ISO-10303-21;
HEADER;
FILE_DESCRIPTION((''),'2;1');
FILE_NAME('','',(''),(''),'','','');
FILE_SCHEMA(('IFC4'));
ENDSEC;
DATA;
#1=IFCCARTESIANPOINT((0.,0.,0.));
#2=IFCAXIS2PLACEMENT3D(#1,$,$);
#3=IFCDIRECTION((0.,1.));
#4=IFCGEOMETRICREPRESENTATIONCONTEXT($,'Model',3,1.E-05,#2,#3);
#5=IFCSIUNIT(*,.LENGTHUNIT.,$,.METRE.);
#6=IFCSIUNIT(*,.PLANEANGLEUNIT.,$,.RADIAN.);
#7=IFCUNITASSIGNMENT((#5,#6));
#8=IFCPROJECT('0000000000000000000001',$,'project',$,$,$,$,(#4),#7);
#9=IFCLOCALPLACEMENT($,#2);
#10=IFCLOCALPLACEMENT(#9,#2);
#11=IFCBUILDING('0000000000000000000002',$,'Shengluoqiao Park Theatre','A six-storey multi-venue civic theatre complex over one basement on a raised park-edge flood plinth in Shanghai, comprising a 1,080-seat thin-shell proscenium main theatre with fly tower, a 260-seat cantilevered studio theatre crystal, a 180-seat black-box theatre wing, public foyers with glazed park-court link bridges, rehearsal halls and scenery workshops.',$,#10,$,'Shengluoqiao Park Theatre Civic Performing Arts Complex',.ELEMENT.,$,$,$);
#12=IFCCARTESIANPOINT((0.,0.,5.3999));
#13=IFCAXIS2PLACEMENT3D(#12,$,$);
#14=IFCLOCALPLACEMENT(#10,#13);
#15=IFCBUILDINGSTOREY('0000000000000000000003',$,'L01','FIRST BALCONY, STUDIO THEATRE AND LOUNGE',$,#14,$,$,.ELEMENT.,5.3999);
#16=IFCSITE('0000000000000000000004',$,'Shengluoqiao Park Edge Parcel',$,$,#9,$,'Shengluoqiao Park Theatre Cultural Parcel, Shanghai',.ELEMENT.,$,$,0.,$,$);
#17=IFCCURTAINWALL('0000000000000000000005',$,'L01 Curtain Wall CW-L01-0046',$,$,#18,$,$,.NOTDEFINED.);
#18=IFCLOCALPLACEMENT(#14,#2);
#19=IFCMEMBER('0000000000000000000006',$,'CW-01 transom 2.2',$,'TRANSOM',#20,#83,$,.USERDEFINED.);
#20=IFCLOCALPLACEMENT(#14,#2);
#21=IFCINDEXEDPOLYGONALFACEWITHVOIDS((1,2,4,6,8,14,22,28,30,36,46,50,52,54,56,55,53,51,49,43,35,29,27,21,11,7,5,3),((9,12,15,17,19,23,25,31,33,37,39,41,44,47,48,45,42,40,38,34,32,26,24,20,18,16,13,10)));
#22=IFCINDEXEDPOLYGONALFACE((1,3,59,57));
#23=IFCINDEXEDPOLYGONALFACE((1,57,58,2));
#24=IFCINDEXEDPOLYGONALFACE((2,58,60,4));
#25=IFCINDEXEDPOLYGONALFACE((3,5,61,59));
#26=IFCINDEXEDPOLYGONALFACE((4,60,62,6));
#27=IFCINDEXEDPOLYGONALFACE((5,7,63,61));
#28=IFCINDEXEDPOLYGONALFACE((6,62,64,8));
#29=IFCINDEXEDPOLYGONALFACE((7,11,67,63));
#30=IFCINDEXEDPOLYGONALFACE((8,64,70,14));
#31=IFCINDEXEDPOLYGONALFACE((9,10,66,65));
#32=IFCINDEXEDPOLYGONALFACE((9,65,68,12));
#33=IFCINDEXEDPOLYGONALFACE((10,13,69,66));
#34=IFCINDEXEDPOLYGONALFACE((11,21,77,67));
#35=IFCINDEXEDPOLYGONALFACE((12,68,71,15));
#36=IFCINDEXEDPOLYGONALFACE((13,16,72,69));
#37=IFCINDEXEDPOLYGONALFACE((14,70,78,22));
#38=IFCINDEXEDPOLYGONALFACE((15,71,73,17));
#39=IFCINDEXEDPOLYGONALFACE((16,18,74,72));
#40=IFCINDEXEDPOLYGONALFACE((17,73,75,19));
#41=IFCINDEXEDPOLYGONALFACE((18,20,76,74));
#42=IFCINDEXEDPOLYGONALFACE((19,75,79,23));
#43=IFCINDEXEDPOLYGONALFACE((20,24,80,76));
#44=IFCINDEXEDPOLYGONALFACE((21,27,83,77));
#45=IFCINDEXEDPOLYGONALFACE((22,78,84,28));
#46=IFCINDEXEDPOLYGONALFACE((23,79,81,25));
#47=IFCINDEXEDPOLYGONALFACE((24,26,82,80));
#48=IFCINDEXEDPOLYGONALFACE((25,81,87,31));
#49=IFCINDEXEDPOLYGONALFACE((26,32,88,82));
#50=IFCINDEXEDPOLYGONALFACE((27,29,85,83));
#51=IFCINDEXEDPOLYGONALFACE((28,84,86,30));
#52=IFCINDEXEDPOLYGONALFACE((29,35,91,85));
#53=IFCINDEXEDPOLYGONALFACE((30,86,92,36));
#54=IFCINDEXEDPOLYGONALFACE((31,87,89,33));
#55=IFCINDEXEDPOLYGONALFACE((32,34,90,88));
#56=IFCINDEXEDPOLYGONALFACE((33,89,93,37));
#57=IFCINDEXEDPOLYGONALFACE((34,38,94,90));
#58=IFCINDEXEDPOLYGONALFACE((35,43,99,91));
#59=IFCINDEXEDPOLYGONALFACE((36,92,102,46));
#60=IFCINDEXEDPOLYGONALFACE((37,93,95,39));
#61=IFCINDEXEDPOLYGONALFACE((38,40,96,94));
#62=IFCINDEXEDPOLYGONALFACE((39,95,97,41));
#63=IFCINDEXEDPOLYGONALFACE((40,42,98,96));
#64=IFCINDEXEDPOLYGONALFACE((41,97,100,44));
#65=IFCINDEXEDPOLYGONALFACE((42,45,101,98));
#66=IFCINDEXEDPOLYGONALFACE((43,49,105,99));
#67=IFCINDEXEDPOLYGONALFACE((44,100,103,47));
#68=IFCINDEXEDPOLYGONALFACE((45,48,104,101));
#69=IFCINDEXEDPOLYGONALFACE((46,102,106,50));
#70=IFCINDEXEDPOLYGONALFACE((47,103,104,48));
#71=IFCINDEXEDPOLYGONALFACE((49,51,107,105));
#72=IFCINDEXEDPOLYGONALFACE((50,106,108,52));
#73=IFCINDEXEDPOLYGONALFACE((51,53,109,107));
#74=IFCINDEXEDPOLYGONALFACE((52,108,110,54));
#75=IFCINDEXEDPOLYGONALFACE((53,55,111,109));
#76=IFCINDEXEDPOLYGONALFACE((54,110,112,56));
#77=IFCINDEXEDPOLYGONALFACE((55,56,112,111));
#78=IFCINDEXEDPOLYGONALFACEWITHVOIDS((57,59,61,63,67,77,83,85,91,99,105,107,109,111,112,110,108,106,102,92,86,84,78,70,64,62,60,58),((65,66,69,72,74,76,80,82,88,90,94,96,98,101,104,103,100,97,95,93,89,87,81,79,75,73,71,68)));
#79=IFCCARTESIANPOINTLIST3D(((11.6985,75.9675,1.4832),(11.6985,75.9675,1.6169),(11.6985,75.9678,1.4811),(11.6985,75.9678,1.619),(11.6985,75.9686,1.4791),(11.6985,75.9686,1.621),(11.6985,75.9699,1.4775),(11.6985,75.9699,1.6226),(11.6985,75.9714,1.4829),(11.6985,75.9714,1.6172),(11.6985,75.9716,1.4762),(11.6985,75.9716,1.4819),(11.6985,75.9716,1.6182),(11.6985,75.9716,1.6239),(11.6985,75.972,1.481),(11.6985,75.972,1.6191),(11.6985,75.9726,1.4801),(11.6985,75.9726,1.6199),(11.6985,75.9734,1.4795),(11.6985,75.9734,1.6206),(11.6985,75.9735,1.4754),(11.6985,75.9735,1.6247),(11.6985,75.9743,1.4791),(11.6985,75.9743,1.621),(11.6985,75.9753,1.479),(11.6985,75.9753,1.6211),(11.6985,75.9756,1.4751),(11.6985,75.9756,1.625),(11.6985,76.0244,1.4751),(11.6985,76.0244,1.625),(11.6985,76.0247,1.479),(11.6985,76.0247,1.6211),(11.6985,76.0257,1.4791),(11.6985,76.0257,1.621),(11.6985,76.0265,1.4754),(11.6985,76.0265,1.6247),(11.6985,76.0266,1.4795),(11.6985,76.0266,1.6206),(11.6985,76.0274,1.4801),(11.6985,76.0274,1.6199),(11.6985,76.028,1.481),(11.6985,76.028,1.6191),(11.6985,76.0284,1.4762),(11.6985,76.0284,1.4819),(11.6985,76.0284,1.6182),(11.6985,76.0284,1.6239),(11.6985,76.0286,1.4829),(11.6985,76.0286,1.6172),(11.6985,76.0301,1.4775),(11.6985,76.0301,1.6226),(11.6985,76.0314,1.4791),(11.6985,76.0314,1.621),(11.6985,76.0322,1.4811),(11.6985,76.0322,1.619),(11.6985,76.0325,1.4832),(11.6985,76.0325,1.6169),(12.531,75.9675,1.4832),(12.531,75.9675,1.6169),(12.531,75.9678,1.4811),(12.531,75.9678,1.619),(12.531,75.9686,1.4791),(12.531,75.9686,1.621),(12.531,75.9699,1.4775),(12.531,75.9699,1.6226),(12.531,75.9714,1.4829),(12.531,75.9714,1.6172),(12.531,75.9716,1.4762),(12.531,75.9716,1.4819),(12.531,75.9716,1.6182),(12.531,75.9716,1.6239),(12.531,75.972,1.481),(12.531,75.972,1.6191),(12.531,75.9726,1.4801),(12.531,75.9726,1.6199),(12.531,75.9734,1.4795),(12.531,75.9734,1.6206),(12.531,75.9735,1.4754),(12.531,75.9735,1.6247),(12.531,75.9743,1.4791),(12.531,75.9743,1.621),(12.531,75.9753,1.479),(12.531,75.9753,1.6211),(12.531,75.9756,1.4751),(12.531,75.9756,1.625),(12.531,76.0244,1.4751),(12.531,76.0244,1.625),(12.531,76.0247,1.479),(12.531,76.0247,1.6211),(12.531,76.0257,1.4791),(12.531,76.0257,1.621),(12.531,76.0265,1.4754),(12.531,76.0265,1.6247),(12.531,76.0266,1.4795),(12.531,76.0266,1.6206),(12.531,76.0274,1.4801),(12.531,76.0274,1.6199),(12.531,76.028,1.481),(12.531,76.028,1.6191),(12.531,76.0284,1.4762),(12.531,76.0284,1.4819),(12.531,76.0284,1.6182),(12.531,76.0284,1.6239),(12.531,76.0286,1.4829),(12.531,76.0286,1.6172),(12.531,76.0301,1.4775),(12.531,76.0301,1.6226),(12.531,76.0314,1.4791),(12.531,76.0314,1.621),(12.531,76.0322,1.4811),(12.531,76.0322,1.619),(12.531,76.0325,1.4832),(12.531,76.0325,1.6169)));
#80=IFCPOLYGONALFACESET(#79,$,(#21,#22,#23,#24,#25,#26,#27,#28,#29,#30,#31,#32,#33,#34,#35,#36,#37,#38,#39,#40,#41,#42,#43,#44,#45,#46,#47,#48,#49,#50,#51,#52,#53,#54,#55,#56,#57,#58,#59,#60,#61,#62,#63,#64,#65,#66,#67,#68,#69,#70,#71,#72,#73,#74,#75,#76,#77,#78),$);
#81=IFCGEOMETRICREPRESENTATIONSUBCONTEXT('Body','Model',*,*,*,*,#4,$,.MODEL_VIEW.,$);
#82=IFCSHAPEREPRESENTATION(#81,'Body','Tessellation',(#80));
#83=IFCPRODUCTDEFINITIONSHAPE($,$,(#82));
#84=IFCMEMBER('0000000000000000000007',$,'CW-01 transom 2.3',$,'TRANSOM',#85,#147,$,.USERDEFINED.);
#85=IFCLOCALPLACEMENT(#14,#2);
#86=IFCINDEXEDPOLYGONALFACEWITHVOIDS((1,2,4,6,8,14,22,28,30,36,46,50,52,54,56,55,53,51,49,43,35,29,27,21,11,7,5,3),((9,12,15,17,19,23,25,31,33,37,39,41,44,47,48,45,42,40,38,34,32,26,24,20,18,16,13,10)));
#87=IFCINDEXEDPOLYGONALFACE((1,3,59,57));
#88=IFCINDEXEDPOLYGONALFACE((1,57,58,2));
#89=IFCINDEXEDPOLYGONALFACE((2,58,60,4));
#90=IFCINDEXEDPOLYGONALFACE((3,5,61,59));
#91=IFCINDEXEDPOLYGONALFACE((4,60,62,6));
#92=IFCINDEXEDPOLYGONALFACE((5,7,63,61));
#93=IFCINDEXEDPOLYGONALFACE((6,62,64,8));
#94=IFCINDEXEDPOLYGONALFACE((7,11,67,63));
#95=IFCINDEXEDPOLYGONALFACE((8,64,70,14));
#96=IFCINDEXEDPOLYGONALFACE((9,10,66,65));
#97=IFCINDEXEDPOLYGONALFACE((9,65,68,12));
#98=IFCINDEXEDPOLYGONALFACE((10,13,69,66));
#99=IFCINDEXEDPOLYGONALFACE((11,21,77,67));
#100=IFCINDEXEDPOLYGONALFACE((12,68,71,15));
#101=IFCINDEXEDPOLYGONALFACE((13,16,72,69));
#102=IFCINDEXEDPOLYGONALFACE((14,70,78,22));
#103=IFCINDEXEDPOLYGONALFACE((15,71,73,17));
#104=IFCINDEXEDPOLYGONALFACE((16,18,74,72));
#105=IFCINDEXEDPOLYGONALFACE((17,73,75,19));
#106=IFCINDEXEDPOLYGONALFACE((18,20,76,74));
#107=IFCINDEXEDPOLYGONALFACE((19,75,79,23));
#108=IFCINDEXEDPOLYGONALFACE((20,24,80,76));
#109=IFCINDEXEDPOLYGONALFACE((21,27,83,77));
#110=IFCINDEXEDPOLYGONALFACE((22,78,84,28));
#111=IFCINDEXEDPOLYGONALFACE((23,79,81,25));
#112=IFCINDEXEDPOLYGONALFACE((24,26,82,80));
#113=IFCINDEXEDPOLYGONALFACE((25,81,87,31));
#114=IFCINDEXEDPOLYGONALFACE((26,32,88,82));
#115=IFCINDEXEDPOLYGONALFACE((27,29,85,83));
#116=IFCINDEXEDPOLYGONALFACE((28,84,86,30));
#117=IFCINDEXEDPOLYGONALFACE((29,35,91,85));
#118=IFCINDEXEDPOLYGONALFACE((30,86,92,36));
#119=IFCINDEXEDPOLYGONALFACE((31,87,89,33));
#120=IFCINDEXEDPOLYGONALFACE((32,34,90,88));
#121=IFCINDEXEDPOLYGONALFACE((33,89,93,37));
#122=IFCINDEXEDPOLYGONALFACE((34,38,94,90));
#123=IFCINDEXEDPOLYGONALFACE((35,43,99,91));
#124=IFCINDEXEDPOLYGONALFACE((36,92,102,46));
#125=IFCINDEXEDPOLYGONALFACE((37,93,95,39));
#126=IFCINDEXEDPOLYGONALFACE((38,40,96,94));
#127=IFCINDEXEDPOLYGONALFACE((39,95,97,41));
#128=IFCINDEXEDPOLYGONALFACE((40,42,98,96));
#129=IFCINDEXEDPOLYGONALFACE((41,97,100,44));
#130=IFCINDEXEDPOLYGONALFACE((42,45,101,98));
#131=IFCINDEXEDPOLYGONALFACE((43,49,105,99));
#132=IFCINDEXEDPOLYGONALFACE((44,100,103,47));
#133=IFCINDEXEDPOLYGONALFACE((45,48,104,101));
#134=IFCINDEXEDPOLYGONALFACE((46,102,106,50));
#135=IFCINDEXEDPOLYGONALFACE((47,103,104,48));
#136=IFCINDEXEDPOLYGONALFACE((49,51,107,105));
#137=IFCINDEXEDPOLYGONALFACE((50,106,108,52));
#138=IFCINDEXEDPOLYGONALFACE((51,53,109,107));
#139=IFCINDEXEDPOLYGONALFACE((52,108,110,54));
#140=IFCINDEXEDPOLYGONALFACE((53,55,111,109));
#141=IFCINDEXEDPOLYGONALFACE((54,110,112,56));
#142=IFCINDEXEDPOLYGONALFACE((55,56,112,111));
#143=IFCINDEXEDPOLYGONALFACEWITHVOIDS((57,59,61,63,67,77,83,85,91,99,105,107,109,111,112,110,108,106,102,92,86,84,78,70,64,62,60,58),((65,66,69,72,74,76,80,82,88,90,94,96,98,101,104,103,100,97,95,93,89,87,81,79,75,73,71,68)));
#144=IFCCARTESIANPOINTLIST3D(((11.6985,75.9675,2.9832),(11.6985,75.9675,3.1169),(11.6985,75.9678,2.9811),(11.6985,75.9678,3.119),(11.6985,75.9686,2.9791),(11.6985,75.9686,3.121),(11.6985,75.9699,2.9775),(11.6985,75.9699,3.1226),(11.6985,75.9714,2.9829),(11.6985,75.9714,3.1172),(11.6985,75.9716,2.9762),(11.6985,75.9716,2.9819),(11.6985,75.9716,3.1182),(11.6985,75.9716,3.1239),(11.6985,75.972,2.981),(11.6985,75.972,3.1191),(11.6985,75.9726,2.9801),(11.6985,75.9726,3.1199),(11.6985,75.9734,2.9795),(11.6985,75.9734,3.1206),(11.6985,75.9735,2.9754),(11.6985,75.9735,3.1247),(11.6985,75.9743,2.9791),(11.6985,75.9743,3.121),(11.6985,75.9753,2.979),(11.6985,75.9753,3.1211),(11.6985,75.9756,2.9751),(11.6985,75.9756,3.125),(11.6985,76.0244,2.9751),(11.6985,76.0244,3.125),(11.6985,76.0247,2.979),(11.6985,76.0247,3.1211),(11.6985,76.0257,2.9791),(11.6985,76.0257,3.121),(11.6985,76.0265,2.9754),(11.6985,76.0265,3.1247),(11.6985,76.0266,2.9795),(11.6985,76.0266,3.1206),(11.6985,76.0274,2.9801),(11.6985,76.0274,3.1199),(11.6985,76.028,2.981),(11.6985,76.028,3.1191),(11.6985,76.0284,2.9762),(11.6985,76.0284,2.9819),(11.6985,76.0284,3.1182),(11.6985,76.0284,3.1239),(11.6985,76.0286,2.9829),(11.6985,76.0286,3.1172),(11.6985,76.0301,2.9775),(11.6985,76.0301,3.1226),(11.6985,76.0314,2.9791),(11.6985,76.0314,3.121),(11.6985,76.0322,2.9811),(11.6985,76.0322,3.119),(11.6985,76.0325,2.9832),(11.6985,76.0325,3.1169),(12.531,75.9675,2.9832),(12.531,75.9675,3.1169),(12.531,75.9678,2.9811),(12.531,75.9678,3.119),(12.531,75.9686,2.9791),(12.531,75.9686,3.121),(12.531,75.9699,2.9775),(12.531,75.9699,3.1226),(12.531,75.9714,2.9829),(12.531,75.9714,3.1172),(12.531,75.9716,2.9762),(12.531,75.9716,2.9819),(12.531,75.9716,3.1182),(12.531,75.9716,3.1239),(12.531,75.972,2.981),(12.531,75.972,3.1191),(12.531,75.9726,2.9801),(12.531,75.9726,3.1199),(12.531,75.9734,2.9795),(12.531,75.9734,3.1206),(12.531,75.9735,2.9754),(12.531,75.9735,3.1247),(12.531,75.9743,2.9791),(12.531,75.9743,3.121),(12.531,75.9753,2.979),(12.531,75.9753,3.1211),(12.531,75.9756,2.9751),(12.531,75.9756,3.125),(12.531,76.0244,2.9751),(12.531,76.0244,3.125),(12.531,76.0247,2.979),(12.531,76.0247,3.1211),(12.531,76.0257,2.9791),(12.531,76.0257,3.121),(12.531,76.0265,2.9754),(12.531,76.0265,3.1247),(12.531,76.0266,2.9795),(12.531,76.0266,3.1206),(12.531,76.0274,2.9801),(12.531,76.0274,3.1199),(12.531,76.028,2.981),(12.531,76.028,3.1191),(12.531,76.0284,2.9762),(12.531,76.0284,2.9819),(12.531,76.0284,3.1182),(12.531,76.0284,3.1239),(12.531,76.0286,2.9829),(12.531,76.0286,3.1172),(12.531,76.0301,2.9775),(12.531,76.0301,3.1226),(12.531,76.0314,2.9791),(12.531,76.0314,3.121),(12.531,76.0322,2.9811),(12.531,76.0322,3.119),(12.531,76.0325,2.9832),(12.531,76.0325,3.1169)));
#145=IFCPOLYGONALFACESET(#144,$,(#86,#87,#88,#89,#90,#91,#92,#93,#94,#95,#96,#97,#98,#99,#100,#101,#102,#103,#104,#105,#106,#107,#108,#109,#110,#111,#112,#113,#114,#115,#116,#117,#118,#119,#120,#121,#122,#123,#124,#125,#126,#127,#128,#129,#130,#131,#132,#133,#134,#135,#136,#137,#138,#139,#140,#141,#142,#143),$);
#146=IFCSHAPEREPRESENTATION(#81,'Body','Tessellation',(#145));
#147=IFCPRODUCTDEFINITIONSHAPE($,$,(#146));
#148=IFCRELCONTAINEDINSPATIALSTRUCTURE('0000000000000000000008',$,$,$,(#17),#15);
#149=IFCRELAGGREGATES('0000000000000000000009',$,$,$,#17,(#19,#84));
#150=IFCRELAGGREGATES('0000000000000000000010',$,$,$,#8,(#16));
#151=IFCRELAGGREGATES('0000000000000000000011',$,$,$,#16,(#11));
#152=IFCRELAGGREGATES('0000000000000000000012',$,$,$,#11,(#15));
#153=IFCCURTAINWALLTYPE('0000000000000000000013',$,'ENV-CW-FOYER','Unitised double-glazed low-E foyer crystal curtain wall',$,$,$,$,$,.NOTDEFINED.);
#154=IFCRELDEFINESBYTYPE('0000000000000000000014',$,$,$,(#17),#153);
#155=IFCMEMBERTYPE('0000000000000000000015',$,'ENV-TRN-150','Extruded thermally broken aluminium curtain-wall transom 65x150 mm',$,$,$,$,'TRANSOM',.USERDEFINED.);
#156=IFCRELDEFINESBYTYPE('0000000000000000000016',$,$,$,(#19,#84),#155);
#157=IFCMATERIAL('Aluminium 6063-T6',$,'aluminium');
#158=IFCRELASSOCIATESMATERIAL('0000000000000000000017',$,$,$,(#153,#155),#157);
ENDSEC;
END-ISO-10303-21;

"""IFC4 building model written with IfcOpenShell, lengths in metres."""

from ifc_helpers import new_model, si_unit, direction, frame, origin, origin_2d, place, context, subcontext, project, spatial, hollow_rectangle, extrude, material, material_profile, profile_set, type_object, element, aggregate, save


model = new_model("IFC4")

# Units and contexts
model_context = context("Model", 3, precision=1e-05, world=origin(), true_north=direction((0.0, 1.0)))
body_context = subcontext(model_context, "Body", "Model", "MODEL_VIEW")
ifc_project = project(units=[si_unit("LENGTHUNIT", "METRE"), si_unit("PLANEANGLEUNIT", "RADIAN")], contexts=[model_context])

# Site, building, storey
site_placement = place(None, origin())
site = spatial("IfcSite", under=ifc_project, at=site_placement, Name="Shengluoqiao Park Edge Parcel", LongName="Shengluoqiao Park Theatre Cultural Parcel, Shanghai", CompositionType="ELEMENT", RefElevation=0.0)
building_placement = place(site_placement, origin())
building = spatial("IfcBuilding", under=site, at=building_placement, Name="Shengluoqiao Park Theatre", Description="A six-storey multi-venue civic theatre complex over one basement on a raised park-edge flood plinth in Shanghai, comprising a 1,080-seat thin-shell proscenium main theatre with fly tower, a 260-seat cantilevered studio theatre crystal, a 180-seat black-box theatre wing, public foyers with glazed park-court link bridges, rehearsal halls and scenery workshops.", LongName="Shengluoqiao Park Theatre Civic Performing Arts Complex", CompositionType="ELEMENT")
storey_placement = place(building_placement, frame((0.0, 0.0, 5.3999)))
storey = spatial("IfcBuildingStorey", under=building, at=storey_placement, Name="L01", Description="FIRST BALCONY, STUDIO THEATRE AND LOUNGE", CompositionType="ELEMENT", Elevation=5.3999)

# Curtain wall
ifc_material_1 = material(Name="Aluminium 6063-T6", Category="aluminium")
curtain_wall_type = type_object("IfcCurtainWallType", Name="ENV-CW-FOYER", Description="Unitised double-glazed low-E foyer crystal curtain wall", PredefinedType="NOTDEFINED", material=ifc_material_1)
curtain_wall_1_placement = place(storey_placement, origin())
curtain_wall_1 = element("IfcCurtainWall", 1, at=curtain_wall_1_placement, inside=storey, type_object=curtain_wall_type, Name="L01 Curtain Wall CW-L01-0046", PredefinedType="NOTDEFINED")

# Members
ifc_material_profile_1 = material_profile(ifc_material_1, hollow_rectangle(XDim=0.0649, YDim=0.1499, WallThickness=0.0039, InnerFilletRadius=0.0039, OuterFilletRadius=0.0081, at=origin_2d()), Name="ALU TRANSOM 150x65x4")
ifc_profile_set_1 = profile_set([ifc_material_profile_1], Name="Aluminium 6063-T6")
member_type_1 = type_object("IfcMemberType", Name="ENV-TRN-150", Description="Extruded thermally broken aluminium curtain-wall transom 65x150 mm", ElementType="TRANSOM", PredefinedType="USERDEFINED", material=ifc_profile_set_1)
member_1_placement = place(storey_placement, frame((11.6985, 76.0, 1.55), z_axis=(1.0, 0.0, 0.0), x_axis=(0.0, 1.0, 0.0)))
member_1 = element("IfcMember", 2, at=member_1_placement, type_object=member_type_1, Name="CW-01 transom 2.2", ObjectType="TRANSOM", PredefinedType="USERDEFINED", context=body_context, shape_type="SweptSolid", body=[
    extrude(hollow_rectangle(XDim=0.0649, YDim=0.1499, WallThickness=0.0039, InnerFilletRadius=0.0039, OuterFilletRadius=0.0081, at=origin_2d()), origin(), (0.0, 0.0, 1.0), 0.8325),
])
member_2_placement = place(storey_placement, frame((11.6985, 76.0, 3.05), z_axis=(1.0, 0.0, 0.0), x_axis=(0.0, 1.0, 0.0)))
member_2 = element("IfcMember", 3, at=member_2_placement, type_object=member_type_1, Name="CW-01 transom 2.3", ObjectType="TRANSOM", PredefinedType="USERDEFINED", context=body_context, shape_type="SweptSolid", body=[
    extrude(hollow_rectangle(XDim=0.0649, YDim=0.1499, WallThickness=0.0039, InnerFilletRadius=0.0039, OuterFilletRadius=0.0081, at=origin_2d()), origin(), (0.0, 0.0, 1.0), 0.8325),
])

aggregate(curtain_wall_1, [member_1, member_2])

save(model, "model.ifc")
